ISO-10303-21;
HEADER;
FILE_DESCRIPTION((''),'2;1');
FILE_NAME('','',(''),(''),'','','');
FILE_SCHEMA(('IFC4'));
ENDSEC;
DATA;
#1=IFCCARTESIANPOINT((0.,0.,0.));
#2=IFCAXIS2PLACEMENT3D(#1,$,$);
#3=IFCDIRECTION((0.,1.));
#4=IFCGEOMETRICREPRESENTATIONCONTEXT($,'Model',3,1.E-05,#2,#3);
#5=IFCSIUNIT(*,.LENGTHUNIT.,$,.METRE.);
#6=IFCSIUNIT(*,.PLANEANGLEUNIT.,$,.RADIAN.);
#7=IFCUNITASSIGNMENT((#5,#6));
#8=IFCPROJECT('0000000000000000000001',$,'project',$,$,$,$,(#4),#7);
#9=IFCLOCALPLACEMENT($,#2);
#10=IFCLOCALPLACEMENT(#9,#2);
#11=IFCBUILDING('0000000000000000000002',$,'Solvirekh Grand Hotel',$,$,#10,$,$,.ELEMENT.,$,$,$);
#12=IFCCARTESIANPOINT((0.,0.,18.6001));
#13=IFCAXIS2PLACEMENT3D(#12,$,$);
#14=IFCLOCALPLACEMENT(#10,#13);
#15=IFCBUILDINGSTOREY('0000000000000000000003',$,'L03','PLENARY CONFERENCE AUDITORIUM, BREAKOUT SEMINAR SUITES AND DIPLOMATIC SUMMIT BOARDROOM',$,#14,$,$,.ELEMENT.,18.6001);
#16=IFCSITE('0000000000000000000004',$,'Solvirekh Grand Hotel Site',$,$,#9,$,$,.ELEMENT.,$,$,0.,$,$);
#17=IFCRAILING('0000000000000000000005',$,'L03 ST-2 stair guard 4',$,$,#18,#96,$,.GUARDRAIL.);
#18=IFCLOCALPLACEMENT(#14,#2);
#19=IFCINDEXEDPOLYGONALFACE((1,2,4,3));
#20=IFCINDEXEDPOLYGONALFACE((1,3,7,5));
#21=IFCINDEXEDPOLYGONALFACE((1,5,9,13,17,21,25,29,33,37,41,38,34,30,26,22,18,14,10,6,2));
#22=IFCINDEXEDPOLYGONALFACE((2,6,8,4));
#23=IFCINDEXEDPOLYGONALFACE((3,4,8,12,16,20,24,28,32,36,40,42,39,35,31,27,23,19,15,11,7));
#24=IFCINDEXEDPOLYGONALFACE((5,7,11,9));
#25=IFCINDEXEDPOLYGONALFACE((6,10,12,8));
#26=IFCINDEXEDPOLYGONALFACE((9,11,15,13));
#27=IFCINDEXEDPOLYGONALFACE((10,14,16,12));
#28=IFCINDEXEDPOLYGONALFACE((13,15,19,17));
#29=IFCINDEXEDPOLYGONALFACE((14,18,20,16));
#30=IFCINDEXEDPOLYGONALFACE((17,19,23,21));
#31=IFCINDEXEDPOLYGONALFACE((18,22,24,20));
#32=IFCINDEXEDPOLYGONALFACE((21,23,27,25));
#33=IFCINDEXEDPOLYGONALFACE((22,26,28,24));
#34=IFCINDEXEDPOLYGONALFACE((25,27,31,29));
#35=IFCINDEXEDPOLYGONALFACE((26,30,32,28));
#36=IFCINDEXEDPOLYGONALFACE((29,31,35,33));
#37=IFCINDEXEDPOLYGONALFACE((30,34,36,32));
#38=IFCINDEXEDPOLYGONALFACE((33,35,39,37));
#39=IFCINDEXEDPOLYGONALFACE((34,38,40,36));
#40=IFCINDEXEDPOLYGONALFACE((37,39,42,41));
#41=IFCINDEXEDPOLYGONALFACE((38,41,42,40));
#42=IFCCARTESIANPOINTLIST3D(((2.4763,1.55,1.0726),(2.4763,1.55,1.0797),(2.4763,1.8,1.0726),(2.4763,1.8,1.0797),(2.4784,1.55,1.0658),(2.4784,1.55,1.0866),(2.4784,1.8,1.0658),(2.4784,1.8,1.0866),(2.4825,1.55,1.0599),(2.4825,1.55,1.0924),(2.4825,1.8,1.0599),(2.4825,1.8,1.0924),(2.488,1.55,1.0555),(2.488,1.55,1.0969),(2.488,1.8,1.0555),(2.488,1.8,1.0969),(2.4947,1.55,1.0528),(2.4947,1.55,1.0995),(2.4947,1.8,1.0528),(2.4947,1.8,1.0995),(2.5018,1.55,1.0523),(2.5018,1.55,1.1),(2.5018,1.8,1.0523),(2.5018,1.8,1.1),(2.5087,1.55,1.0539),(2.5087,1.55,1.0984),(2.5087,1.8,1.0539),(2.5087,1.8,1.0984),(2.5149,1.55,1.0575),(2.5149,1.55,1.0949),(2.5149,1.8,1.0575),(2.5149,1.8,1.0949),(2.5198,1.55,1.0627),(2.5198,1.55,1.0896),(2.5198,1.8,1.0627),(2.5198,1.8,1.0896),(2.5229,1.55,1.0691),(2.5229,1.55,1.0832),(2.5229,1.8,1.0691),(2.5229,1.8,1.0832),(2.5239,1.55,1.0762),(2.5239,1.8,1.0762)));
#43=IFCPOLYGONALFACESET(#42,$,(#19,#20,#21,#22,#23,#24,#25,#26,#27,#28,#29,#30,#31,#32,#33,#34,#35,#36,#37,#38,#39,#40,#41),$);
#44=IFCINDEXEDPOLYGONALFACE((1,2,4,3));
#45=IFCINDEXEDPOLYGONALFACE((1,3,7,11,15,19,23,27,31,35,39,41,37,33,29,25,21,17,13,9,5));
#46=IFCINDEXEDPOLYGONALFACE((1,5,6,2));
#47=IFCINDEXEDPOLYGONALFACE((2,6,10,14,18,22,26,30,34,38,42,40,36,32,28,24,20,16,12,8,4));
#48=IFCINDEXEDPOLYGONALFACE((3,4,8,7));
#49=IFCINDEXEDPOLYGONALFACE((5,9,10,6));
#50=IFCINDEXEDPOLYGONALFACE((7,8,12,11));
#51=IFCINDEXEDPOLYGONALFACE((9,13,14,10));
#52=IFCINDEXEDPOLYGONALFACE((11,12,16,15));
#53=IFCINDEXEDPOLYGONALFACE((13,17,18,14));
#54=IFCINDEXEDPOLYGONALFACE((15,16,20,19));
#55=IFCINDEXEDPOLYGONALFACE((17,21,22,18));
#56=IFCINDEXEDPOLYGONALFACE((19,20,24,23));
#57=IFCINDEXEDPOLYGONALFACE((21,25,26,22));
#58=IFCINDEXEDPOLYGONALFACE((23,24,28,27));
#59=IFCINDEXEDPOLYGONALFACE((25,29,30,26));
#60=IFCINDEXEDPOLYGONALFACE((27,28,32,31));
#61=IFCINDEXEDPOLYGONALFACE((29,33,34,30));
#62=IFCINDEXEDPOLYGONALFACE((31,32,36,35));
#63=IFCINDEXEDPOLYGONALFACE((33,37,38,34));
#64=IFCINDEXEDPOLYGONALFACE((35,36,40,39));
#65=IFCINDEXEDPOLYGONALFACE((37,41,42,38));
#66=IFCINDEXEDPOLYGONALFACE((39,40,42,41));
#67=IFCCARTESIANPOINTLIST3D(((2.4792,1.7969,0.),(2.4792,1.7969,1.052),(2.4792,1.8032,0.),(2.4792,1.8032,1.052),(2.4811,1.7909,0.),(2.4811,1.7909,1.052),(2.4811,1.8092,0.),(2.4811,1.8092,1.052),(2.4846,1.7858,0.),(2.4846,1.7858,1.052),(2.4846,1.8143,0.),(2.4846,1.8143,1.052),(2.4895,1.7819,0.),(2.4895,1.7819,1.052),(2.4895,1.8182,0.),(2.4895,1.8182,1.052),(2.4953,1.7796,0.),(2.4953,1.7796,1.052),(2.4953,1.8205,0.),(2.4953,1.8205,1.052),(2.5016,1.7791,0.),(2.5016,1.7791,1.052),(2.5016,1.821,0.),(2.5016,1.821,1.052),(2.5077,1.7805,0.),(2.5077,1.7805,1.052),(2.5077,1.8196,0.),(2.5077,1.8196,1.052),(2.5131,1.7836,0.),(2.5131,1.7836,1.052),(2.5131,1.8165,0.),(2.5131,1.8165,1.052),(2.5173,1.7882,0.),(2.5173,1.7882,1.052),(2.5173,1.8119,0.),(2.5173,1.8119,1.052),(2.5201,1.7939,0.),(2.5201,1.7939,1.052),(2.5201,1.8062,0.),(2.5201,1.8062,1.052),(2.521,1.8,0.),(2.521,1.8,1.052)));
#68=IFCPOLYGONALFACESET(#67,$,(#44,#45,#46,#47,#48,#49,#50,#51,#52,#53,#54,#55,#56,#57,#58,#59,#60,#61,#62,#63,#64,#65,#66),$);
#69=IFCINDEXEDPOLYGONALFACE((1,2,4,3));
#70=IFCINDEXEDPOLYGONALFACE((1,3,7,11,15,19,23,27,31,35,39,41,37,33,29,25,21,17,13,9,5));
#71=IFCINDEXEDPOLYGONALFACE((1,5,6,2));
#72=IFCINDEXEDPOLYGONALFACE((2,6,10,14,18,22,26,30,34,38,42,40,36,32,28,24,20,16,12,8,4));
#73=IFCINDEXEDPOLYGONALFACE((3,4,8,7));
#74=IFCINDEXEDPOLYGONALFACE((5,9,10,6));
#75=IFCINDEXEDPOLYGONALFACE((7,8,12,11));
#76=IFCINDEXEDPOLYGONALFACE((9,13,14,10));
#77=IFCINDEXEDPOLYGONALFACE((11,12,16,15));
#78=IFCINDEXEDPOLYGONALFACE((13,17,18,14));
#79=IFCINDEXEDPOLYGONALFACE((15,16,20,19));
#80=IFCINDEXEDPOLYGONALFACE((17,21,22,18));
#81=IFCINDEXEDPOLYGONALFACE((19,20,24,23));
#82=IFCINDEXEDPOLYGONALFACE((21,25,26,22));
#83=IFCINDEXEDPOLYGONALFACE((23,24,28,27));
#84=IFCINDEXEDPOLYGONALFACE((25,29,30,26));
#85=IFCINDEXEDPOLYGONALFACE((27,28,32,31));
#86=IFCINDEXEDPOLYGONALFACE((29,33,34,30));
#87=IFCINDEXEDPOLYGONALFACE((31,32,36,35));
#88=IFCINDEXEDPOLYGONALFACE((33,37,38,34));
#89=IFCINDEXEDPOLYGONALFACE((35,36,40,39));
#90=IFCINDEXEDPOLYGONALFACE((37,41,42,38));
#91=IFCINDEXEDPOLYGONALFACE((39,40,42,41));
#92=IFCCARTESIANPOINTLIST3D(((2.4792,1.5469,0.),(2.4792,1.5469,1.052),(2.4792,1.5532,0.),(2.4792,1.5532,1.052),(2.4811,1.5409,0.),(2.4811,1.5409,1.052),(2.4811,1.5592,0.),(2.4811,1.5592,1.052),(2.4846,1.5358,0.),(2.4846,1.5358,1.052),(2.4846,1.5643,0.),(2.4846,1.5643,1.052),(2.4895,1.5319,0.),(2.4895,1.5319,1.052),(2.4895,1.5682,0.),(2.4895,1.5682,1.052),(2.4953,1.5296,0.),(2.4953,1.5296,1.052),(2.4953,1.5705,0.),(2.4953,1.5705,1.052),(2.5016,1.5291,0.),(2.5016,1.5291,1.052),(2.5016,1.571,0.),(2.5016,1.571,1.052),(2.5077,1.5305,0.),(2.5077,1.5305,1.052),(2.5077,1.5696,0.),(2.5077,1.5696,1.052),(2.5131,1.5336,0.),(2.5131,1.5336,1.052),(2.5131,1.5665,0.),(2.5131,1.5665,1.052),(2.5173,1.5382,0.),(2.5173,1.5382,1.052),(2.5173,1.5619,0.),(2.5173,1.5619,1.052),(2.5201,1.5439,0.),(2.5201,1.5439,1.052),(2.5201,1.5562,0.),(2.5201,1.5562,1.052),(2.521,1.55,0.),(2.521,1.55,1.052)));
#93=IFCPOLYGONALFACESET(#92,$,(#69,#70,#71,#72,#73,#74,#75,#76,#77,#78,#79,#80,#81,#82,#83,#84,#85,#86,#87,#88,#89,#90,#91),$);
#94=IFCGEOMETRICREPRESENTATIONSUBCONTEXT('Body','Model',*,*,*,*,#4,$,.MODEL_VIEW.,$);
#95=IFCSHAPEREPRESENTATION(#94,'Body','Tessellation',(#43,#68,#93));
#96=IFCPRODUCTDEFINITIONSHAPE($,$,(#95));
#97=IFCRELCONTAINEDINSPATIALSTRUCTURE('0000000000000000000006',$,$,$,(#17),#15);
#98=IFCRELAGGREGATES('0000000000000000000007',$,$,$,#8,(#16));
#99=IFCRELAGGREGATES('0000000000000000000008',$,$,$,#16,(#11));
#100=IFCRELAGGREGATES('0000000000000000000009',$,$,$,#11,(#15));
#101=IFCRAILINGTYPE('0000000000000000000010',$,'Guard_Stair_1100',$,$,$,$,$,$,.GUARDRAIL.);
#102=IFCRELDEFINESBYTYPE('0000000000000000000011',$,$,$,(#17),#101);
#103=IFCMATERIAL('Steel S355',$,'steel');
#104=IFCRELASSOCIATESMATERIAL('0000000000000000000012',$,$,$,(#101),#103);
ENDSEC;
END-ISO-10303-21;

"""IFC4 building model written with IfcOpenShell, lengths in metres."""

from ifc_helpers import new_model, si_unit, direction, frame, origin, origin_2d, place, context, subcontext, project, spatial, circle, extrude, material, type_object, element, save


model = new_model("IFC4")

# Units and contexts
model_context = context("Model", 3, precision=1e-05, world=origin(), true_north=direction((0.0, 1.0)))
body_context = subcontext(model_context, "Body", "Model", "MODEL_VIEW")
ifc_project = project(units=[si_unit("LENGTHUNIT", "METRE"), si_unit("PLANEANGLEUNIT", "RADIAN")], contexts=[model_context])

# Site, building, storey
site_placement = place(None, origin())
site = spatial("IfcSite", under=ifc_project, at=site_placement, Name="Solvirekh Grand Hotel Site", CompositionType="ELEMENT", RefElevation=0.0)
building_placement = place(site_placement, origin())
building = spatial("IfcBuilding", under=site, at=building_placement, Name="Solvirekh Grand Hotel", CompositionType="ELEMENT")
storey_placement = place(building_placement, frame((0.0, 0.0, 18.6001)))
storey = spatial("IfcBuildingStorey", under=building, at=storey_placement, Name="L03", Description="PLENARY CONFERENCE AUDITORIUM, BREAKOUT SEMINAR SUITES AND DIPLOMATIC SUMMIT BOARDROOM", CompositionType="ELEMENT", Elevation=18.6001)

# Shared definitions
ifc_material_1 = material(Name="Steel S355", Category="steel")

# Railing
railing_type_1 = type_object("IfcRailingType", Name="Guard_Stair_1100", PredefinedType="GUARDRAIL", material=ifc_material_1)
railing_1_placement = place(storey_placement, frame((2.5, 1.8, 0.0)))
element("IfcRailing", 1, at=railing_1_placement, inside=storey, type_object=railing_type_1, Name="L03 ST-2 stair guard 4", PredefinedType="GUARDRAIL", context=body_context, shape_type="SweptSolid", body=[
    extrude(circle(Radius=0.0239, at=origin_2d()), frame((0.0, 0.0, 1.0762), z_axis=(0.0, -1.0, 0.0), x_axis=(1.0, 0.0, 0.0)), (0.0, 0.0, 1.0), 0.25),
    extrude(circle(Radius=0.021, at=origin_2d()), origin(), (0.0, 0.0, 1.0), 1.052),
    extrude(circle(Radius=0.021, at=origin_2d()), frame((0.0, -0.25, 0.0)), (0.0, 0.0, 1.0), 1.052),
])

save(model, "model.ifc")
